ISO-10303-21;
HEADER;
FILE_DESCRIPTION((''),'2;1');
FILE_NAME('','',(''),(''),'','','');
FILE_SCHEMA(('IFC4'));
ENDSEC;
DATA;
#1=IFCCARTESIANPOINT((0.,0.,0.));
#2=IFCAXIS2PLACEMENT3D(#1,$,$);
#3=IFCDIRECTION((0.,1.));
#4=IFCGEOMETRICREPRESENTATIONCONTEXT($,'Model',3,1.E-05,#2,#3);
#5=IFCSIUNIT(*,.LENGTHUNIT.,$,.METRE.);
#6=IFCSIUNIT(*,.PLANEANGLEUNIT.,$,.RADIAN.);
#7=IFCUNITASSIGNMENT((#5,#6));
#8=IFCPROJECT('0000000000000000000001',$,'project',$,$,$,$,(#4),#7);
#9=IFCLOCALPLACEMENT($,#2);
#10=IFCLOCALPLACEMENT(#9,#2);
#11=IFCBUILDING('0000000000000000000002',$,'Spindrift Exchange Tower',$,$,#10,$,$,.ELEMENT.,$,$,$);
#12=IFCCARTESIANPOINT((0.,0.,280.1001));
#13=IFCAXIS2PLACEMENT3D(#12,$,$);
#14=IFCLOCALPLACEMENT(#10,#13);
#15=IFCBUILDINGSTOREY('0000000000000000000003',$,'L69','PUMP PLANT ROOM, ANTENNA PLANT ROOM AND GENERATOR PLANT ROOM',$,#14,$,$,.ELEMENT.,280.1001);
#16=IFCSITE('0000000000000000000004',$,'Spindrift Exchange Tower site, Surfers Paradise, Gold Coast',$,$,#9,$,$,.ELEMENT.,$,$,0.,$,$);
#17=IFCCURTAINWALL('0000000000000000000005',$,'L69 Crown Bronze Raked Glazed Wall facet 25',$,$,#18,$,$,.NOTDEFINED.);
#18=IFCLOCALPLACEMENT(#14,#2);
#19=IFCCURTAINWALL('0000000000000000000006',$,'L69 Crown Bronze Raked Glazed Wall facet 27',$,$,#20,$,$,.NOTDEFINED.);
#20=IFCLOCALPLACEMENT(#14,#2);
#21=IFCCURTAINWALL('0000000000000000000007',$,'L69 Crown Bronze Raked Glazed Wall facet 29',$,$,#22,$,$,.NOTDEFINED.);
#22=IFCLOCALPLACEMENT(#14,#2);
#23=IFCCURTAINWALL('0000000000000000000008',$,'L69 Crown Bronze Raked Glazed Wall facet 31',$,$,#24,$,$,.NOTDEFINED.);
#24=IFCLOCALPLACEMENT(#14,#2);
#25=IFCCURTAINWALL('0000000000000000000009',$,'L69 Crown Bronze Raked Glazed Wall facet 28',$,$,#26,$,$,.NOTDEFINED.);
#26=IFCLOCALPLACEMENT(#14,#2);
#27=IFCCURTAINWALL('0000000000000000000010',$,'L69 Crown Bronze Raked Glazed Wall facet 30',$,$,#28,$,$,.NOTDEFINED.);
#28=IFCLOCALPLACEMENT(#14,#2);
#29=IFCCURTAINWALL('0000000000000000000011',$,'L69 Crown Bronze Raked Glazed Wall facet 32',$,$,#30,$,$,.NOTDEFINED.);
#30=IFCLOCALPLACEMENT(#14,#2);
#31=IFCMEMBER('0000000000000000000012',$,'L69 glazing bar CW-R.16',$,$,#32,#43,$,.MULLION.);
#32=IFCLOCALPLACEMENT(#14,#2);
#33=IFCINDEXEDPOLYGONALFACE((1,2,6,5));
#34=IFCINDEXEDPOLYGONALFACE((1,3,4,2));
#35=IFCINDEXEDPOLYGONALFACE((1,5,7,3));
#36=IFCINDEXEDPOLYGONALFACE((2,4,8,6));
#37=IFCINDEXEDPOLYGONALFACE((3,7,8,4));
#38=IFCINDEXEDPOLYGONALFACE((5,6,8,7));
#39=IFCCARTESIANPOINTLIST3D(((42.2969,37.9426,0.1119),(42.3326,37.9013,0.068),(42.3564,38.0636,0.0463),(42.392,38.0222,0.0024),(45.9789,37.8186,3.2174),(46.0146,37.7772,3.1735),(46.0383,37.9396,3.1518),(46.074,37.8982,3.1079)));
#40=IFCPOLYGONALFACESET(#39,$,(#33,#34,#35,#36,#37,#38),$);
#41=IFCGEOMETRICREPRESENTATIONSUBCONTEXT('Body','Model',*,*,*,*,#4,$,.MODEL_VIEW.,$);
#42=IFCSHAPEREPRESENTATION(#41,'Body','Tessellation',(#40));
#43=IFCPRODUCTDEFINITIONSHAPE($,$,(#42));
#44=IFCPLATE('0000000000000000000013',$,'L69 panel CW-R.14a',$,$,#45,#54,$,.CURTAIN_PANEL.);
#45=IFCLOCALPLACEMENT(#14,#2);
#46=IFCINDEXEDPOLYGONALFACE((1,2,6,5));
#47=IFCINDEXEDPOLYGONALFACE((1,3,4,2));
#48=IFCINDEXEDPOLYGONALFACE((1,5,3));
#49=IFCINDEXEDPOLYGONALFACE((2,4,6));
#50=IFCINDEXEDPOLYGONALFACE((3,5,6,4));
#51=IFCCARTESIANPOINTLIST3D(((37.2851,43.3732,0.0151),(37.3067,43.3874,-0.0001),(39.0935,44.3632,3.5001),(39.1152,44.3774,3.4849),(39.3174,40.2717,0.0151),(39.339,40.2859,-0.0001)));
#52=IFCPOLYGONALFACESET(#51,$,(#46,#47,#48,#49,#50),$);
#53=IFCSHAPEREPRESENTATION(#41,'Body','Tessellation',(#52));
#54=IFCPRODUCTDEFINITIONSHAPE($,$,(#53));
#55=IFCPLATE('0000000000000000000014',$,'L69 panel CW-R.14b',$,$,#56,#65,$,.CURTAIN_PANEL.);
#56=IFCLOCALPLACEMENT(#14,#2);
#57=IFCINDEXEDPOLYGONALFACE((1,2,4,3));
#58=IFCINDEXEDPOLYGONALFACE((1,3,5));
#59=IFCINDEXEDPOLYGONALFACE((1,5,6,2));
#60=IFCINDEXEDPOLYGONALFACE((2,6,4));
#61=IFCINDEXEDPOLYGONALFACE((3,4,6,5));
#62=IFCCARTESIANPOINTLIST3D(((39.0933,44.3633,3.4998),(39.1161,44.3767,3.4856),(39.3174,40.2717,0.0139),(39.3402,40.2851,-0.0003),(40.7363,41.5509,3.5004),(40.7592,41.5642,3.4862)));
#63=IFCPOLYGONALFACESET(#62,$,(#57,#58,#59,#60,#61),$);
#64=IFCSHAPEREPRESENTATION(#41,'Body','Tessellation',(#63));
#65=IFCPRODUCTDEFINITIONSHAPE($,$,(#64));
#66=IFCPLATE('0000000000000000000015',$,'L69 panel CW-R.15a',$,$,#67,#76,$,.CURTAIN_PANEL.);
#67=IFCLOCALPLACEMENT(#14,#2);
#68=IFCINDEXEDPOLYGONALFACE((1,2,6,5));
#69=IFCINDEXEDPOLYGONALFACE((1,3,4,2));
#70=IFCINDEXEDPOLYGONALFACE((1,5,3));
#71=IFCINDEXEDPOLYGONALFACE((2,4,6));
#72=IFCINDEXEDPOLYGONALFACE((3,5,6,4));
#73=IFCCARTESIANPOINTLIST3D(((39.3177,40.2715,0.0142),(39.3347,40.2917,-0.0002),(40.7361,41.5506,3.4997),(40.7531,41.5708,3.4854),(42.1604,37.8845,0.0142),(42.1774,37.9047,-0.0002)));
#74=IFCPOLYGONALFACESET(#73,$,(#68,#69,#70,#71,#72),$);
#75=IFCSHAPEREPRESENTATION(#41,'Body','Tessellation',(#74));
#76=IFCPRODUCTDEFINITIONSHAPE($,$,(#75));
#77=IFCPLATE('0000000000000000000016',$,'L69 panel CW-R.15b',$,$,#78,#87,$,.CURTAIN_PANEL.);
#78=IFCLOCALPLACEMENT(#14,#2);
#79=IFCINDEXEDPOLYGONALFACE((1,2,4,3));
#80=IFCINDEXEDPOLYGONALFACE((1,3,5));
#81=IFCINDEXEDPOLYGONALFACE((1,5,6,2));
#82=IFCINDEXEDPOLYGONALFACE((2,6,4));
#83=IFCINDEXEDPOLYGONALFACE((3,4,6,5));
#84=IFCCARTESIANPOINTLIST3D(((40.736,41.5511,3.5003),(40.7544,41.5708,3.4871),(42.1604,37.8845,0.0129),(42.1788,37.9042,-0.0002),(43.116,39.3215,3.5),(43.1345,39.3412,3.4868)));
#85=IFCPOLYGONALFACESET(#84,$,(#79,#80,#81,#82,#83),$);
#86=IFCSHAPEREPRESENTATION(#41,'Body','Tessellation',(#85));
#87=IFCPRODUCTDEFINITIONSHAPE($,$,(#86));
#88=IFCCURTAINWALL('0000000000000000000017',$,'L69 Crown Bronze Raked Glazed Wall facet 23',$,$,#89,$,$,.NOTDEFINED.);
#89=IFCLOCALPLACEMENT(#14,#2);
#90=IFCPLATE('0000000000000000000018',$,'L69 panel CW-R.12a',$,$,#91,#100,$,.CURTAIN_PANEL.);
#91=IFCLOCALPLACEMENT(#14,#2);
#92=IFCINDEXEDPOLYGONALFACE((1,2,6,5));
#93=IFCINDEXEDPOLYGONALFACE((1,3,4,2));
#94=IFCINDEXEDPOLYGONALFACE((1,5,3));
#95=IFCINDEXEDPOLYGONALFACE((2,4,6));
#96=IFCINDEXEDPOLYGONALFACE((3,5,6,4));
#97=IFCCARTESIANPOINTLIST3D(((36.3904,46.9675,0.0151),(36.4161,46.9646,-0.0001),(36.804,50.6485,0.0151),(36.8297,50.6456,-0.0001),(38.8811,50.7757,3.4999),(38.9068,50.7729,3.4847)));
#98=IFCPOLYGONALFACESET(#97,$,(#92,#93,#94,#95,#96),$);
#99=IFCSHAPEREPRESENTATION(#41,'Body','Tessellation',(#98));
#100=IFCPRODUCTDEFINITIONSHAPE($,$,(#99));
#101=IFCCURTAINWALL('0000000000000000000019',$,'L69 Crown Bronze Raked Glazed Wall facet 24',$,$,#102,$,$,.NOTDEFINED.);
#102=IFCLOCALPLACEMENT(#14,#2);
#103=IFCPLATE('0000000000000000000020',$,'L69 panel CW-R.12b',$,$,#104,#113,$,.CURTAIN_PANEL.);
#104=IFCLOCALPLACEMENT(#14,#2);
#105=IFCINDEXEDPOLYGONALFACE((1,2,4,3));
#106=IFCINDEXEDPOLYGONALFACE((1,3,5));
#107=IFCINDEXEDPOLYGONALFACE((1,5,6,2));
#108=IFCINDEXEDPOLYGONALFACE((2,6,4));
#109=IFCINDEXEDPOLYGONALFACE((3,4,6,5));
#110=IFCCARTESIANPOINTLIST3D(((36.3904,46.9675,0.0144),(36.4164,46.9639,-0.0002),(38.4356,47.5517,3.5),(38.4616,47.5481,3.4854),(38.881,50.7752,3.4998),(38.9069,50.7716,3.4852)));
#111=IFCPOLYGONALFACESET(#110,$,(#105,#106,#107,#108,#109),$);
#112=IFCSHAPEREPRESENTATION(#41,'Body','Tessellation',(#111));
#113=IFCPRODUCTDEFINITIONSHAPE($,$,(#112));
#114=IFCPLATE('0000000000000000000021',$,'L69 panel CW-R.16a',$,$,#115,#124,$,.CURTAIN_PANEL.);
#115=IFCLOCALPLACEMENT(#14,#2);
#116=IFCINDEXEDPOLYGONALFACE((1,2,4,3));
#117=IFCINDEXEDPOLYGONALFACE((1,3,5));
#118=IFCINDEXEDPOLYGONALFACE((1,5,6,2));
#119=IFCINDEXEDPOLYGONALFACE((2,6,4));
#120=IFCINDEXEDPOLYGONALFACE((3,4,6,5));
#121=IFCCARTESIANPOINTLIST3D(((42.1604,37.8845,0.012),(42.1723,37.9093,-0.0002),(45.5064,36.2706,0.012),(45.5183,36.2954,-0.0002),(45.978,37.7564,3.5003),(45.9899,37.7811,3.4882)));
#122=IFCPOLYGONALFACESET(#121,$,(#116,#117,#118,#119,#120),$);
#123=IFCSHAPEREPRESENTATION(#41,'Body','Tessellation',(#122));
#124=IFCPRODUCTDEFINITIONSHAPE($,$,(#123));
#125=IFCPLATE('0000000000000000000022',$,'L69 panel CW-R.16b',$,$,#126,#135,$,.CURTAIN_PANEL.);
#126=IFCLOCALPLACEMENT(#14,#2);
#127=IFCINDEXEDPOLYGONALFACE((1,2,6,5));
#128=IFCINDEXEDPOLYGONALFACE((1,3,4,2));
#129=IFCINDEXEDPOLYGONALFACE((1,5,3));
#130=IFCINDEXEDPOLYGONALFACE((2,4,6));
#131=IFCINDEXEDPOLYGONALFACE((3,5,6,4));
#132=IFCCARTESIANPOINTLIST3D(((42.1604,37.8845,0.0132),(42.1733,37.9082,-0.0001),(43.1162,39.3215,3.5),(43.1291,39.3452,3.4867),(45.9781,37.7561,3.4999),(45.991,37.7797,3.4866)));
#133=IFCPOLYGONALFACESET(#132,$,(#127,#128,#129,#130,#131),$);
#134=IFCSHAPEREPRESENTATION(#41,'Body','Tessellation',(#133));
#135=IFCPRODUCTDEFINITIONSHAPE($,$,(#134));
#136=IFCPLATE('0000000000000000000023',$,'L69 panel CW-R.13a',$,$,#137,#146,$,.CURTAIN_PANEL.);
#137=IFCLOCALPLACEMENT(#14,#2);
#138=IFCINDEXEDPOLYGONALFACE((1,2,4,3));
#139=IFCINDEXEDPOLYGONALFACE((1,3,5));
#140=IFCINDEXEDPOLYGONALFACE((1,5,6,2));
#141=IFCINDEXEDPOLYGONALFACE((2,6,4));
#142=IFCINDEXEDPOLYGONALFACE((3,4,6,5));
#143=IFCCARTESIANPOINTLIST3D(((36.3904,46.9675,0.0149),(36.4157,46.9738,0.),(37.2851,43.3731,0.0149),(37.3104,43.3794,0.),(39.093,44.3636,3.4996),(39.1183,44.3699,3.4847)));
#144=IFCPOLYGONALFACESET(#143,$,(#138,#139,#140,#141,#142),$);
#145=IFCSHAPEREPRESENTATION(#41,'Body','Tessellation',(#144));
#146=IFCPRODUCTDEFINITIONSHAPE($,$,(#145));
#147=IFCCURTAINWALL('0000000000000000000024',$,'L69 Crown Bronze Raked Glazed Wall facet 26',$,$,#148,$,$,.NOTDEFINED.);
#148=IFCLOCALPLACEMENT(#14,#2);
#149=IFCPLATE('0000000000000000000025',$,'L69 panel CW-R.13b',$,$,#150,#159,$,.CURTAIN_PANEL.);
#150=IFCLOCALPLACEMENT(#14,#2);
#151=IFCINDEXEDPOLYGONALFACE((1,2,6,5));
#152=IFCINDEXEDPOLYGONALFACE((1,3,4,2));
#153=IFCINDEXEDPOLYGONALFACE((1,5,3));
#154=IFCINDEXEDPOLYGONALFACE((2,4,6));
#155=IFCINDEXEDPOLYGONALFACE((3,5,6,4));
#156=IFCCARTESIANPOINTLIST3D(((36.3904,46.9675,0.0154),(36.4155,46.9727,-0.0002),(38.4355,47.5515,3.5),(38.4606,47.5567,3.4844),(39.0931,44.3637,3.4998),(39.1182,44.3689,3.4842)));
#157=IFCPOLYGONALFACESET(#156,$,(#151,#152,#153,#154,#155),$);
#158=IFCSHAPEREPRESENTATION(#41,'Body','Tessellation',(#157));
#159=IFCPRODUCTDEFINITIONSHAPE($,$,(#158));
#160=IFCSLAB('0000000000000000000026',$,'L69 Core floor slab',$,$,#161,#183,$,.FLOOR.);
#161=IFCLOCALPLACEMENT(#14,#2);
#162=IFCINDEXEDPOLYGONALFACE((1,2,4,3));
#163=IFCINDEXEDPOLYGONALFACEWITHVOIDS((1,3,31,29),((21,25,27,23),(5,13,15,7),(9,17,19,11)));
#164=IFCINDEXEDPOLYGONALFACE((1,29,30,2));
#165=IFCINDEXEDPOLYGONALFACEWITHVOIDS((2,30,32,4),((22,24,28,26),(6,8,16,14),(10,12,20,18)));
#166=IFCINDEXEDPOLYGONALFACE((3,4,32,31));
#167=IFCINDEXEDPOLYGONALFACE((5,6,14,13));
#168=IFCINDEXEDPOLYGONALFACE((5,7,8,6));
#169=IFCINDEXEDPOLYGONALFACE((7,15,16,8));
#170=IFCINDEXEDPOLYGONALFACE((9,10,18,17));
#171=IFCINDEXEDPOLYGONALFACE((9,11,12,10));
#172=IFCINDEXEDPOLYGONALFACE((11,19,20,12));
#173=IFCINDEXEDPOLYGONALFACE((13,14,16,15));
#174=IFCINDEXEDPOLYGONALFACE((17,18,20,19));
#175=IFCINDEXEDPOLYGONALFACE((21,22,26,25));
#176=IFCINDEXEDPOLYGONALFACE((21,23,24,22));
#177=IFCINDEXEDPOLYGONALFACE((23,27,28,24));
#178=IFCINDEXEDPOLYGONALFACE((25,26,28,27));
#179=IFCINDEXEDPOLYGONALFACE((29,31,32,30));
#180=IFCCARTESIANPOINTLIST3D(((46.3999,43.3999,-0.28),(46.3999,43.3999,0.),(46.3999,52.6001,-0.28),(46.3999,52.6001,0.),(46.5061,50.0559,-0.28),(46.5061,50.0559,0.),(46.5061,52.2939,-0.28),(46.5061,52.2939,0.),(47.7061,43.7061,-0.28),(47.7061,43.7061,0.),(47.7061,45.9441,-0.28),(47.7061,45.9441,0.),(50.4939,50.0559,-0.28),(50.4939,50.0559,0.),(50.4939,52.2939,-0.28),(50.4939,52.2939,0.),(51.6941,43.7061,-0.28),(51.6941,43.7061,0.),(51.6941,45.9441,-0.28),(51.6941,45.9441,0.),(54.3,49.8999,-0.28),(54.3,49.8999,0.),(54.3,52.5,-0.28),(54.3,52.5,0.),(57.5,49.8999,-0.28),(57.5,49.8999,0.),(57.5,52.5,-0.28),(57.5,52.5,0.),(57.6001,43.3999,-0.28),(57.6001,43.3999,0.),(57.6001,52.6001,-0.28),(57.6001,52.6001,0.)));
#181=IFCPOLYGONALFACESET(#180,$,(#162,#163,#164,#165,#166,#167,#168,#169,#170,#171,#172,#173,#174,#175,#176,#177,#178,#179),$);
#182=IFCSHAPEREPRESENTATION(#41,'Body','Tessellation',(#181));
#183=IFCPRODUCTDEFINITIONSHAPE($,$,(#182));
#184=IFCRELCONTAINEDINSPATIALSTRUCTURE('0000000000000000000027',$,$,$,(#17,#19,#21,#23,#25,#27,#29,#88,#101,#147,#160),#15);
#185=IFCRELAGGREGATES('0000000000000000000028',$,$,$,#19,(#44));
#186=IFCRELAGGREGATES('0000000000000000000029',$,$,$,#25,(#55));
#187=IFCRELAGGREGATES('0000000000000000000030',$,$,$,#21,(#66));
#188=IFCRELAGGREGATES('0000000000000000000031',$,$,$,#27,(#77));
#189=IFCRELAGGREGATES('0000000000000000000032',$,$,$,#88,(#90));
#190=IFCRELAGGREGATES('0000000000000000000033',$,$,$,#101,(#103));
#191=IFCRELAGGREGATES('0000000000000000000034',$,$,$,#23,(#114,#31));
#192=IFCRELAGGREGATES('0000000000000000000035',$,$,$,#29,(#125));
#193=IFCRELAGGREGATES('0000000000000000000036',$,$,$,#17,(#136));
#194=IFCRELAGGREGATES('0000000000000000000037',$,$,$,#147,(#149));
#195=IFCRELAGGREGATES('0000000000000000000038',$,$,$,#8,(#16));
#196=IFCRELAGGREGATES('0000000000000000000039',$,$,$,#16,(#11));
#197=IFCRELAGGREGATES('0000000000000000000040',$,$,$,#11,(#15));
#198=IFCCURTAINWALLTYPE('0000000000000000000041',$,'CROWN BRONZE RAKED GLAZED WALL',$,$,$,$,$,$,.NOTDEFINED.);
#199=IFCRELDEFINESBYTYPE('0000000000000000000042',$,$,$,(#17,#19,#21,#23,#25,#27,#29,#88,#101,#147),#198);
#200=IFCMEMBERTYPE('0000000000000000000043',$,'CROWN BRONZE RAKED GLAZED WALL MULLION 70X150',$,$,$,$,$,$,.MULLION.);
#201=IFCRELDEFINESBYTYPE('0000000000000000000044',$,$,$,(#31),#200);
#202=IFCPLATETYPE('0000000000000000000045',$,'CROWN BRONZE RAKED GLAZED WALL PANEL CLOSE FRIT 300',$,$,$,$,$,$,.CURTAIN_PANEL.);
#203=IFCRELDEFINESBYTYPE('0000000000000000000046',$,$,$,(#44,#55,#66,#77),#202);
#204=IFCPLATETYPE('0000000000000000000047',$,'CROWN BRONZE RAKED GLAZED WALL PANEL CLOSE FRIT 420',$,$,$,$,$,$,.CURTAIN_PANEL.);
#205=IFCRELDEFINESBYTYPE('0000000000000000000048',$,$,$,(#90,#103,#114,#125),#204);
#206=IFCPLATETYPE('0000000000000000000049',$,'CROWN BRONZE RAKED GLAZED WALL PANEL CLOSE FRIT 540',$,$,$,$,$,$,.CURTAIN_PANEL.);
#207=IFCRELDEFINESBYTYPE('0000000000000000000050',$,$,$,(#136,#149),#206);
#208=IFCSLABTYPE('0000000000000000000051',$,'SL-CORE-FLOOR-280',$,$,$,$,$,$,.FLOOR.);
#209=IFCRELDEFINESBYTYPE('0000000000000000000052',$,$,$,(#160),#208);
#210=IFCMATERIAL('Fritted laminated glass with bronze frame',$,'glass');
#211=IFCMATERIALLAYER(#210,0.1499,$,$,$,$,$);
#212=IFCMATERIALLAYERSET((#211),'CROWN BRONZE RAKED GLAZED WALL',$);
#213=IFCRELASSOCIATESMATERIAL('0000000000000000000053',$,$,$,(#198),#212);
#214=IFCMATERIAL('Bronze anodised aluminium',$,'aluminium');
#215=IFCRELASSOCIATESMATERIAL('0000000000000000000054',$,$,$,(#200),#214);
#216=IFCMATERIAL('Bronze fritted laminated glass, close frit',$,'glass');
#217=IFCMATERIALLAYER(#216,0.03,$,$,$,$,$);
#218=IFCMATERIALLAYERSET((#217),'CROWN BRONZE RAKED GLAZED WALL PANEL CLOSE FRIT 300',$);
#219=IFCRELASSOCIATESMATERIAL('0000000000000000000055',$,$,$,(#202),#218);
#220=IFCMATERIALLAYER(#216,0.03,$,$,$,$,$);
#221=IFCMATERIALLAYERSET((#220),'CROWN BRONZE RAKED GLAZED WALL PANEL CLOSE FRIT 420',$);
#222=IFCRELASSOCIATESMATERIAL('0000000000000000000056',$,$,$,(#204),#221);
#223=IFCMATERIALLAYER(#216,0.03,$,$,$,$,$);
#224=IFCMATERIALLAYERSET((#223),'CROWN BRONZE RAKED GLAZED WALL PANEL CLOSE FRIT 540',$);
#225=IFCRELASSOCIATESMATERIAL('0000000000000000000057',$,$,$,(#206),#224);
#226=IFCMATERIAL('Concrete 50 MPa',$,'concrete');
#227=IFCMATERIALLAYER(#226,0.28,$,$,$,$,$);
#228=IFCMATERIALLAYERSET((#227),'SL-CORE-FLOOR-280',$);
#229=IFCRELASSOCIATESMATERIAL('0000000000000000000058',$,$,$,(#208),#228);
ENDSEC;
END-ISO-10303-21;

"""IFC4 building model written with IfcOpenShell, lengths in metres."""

from ifc_helpers import new_model, si_unit, direction, frame, origin, origin_2d, place, context, subcontext, project, spatial, line, indexed_curve, rectangle, outline, extrude, source, transform, mapped, material, layer, layer_set, material_profile, profile_set, type_object, element, aggregate, save


model = new_model("IFC4")

# Units and contexts
model_context = context("Model", 3, precision=1e-05, world=origin(), true_north=direction((0.0, 1.0)))
body_context = subcontext(model_context, "Body", "Model", "MODEL_VIEW")
ifc_project = project(units=[si_unit("LENGTHUNIT", "METRE"), si_unit("PLANEANGLEUNIT", "RADIAN")], contexts=[model_context])

# Site, building, storey
site_placement = place(None, origin())
site = spatial("IfcSite", under=ifc_project, at=site_placement, Name="Spindrift Exchange Tower site, Surfers Paradise, Gold Coast", CompositionType="ELEMENT", RefElevation=0.0)
building_placement = place(site_placement, origin())
building = spatial("IfcBuilding", under=site, at=building_placement, Name="Spindrift Exchange Tower", CompositionType="ELEMENT")
storey_placement = place(building_placement, frame((0.0, 0.0, 280.1001)))
storey = spatial("IfcBuildingStorey", under=building, at=storey_placement, Name="L69", Description="PUMP PLANT ROOM, ANTENNA PLANT ROOM AND GENERATOR PLANT ROOM", CompositionType="ELEMENT", Elevation=280.1001)

# Curtain walls
ifc_material_1 = material(Name="Fritted laminated glass with bronze frame", Category="glass")
ifc_layer_1 = layer(ifc_material_1, 0.1499)
ifc_layer_set_1 = layer_set([ifc_layer_1], Name="CROWN BRONZE RAKED GLAZED WALL")
curtain_wall_type = type_object("IfcCurtainWallType", Name="CROWN BRONZE RAKED GLAZED WALL", PredefinedType="NOTDEFINED", material=ifc_layer_set_1)
curtain_wall_1_placement = place(storey_placement, origin())
curtain_wall_1 = element("IfcCurtainWall", 1, at=curtain_wall_1_placement, inside=storey, type_object=curtain_wall_type, Name="L69 Crown Bronze Raked Glazed Wall facet 25", PredefinedType="NOTDEFINED")
ifc_material_2 = material(Name="Bronze anodised aluminium", Category="aluminium")
curtain_wall_2_placement = place(storey_placement, origin())
curtain_wall_2 = element("IfcCurtainWall", 2, at=curtain_wall_2_placement, inside=storey, type_object=curtain_wall_type, Name="L69 Crown Bronze Raked Glazed Wall facet 27", PredefinedType="NOTDEFINED")
curtain_wall_3_placement = place(storey_placement, origin())
curtain_wall_3 = element("IfcCurtainWall", 3, at=curtain_wall_3_placement, inside=storey, type_object=curtain_wall_type, Name="L69 Crown Bronze Raked Glazed Wall facet 29", PredefinedType="NOTDEFINED")
curtain_wall_4_placement = place(storey_placement, origin())
curtain_wall_4 = element("IfcCurtainWall", 4, at=curtain_wall_4_placement, inside=storey, type_object=curtain_wall_type, Name="L69 Crown Bronze Raked Glazed Wall facet 31", PredefinedType="NOTDEFINED")

# Shared definitions
ifc_material_profile_1 = material_profile(ifc_material_2, rectangle(XDim=0.0701, YDim=0.1499, at=origin_2d()), Name="CROWN BRONZE RAKED GLAZED WALL MULLION 70X150")
ifc_profile_set_1 = profile_set([ifc_material_profile_1], Name="Bronze anodised aluminium")
member_type_1 = type_object("IfcMemberType", Name="CROWN BRONZE RAKED GLAZED WALL MULLION 70X150", PredefinedType="MULLION", material=ifc_profile_set_1)

# Curtain wall
curtain_wall_5_placement = place(storey_placement, origin())
curtain_wall_5 = element("IfcCurtainWall", 5, at=curtain_wall_5_placement, inside=storey, type_object=curtain_wall_type, Name="L69 Crown Bronze Raked Glazed Wall facet 28", PredefinedType="NOTDEFINED")

# Curtain wall
curtain_wall_6_placement = place(storey_placement, origin())
curtain_wall_6 = element("IfcCurtainWall", 6, at=curtain_wall_6_placement, inside=storey, type_object=curtain_wall_type, Name="L69 Crown Bronze Raked Glazed Wall facet 30", PredefinedType="NOTDEFINED")

# Curtain wall
curtain_wall_7_placement = place(storey_placement, origin())
curtain_wall_7 = element("IfcCurtainWall", 7, at=curtain_wall_7_placement, inside=storey, type_object=curtain_wall_type, Name="L69 Crown Bronze Raked Glazed Wall facet 32", PredefinedType="NOTDEFINED")

# Member
shared_shape_1 = source(origin(), body_context, "Body", "SweptSolid", [
    extrude(rectangle(XDim=0.0701, YDim=0.1499, at=origin_2d()), origin(), (0.0, 0.0, 1.0), 4.8184),
])
member_1_placement = place(storey_placement, frame((42.3445, 37.9824, 0.0571), z_axis=(0.764153, -0.02574, 0.644521), x_axis=(-0.50887, 0.589972, 0.626884)))
member_1 = element("IfcMember", 8, at=member_1_placement, type_object=member_type_1, Name="L69 glazing bar CW-R.16", PredefinedType="MULLION", context=body_context, shape_type="MappedRepresentation", body=[
    mapped(shared_shape_1, transform((0.0, 0.0, 0.0), scale=1.0)),
])

# Plates
ifc_material_3 = material(Name="Bronze fritted laminated glass, close frit", Category="glass")
ifc_layer_2 = layer(ifc_material_3, 0.03)
ifc_layer_set_2 = layer_set([ifc_layer_2], Name="CROWN BRONZE RAKED GLAZED WALL PANEL CLOSE FRIT 300")
plate_type_1 = type_object("IfcPlateType", Name="CROWN BRONZE RAKED GLAZED WALL PANEL CLOSE FRIT 300", PredefinedType="CURTAIN_PANEL", material=ifc_layer_set_2)
plate_1_placement = place(storey_placement, frame((39.3174, 40.2717, 0.0151), z_axis=(-0.720461, -0.472103, 0.507991), x_axis=(-0.548088, 0.836421, 0.0)))
plate_1 = element("IfcPlate", 9, at=plate_1_placement, type_object=plate_type_1, Name="L69 panel CW-R.14a", PredefinedType="CURTAIN_PANEL", context=body_context, shape_type="SweptSolid", body=[
    extrude(outline(indexed_curve([(0.0, 0.0), (3.708, 0.0), (3.5449, -4.0459)], segments=[line(1, 2, 3, 1)], self_intersect=False)), origin(), (0.0, 0.0, -1.0), 0.03),
])
aggregate(curtain_wall_2, [plate_1])
plate_2_placement = place(storey_placement, frame((39.3174, 40.2717, 0.0139), z_axis=(-0.760926, -0.44443, 0.47273), x_axis=(-0.041657, 0.760538, 0.647955)))
plate_2 = element("IfcPlate", 10, at=plate_2_placement, type_object=plate_type_1, Name="L69 panel CW-R.14b", PredefinedType="CURTAIN_PANEL", context=body_context, shape_type="SweptSolid", body=[
    extrude(outline(indexed_curve([(0.0, 0.0), (5.3799, 0.0), (3.1729, -2.3955)], segments=[line(1, 2, 3, 1)], self_intersect=False)), origin(), (0.0, 0.0, -1.0), 0.03),
])
aggregate(curtain_wall_5, [plate_2])
plate_3_placement = place(storey_placement, frame((42.1604, 37.8845, 0.0142), z_axis=(-0.565176, -0.67309, 0.476997), x_axis=(-0.765828, 0.643046, 0.0)))
plate_3 = element("IfcPlate", 11, at=plate_3_placement, type_object=plate_type_1, Name="L69 panel CW-R.15a", PredefinedType="CURTAIN_PANEL", context=body_context, shape_type="SweptSolid", body=[
    extrude(outline(indexed_curve([(0.0, 0.0), (3.7119, 0.0), (3.4482, -3.9658)], segments=[line(1, 2, 3, 1)], self_intersect=False)), origin(), (0.0, 0.0, -1.0), 0.03),
])
aggregate(curtain_wall_3, [plate_3])
plate_4_placement = place(storey_placement, frame((42.1604, 37.8845, 0.0129), z_axis=(-0.614353, -0.655871, 0.438639), x_axis=(-0.270968, 0.697485, 0.663393)))
plate_4 = element("IfcPlate", 12, at=plate_4_placement, type_object=plate_type_1, Name="L69 panel CW-R.15b", PredefinedType="CURTAIN_PANEL", context=body_context, shape_type="SweptSolid", body=[
    extrude(outline(indexed_curve([(0.0, 0.0), (5.2568, 0.0), (3.0566, -2.4072)], segments=[line(1, 2, 3, 1)], self_intersect=False)), origin(), (0.0, 0.0, -1.0), 0.03),
])
aggregate(curtain_wall_6, [plate_4])

# Curtain walls, plates
curtain_wall_8_placement = place(storey_placement, origin())
curtain_wall_8 = element("IfcCurtainWall", 13, at=curtain_wall_8_placement, inside=storey, type_object=curtain_wall_type, Name="L69 Crown Bronze Raked Glazed Wall facet 23", PredefinedType="NOTDEFINED")
ifc_layer_3 = layer(ifc_material_3, 0.03)
ifc_layer_set_3 = layer_set([ifc_layer_3], Name="CROWN BRONZE RAKED GLAZED WALL PANEL CLOSE FRIT 420")
plate_type_2 = type_object("IfcPlateType", Name="CROWN BRONZE RAKED GLAZED WALL PANEL CLOSE FRIT 420", PredefinedType="CURTAIN_PANEL", material=ifc_layer_set_3)
plate_5_placement = place(storey_placement, frame((36.3904, 46.9675, 0.0151), z_axis=(-0.856538, 0.096238, 0.507032), x_axis=(0.111654, 0.993747, 0.0)))
plate_5 = element("IfcPlate", 14, at=plate_5_placement, type_object=plate_type_2, Name="L69 panel CW-R.12a", PredefinedType="CURTAIN_PANEL", context=body_context, shape_type="SweptSolid", body=[
    extrude(outline(indexed_curve([(0.0, 0.0), (3.7041, 0.0), (4.0625, -4.043)], segments=[line(1, 2, 3, 1)], self_intersect=False)), origin(), (0.0, 0.0, -1.0), 0.03),
])
aggregate(curtain_wall_8, [plate_5])
curtain_wall_9_placement = place(storey_placement, origin())
curtain_wall_9 = element("IfcCurtainWall", 15, at=curtain_wall_9_placement, inside=storey, type_object=curtain_wall_type, Name="L69 Crown Bronze Raked Glazed Wall facet 24", PredefinedType="NOTDEFINED")
plate_6_placement = place(storey_placement, frame((36.3904, 46.9675, 0.0144), z_axis=(-0.864919, 0.119527, 0.487472), x_axis=(0.434549, 0.664346, 0.608121)))
plate_6 = element("IfcPlate", 16, at=plate_6_placement, type_object=plate_type_2, Name="L69 panel CW-R.12b", PredefinedType="CURTAIN_PANEL", context=body_context, shape_type="SweptSolid", body=[
    extrude(outline(indexed_curve([(0.0, 0.0), (5.7314, 0.0), (3.3965, -2.2666)], segments=[line(1, 2, 3, 1)], self_intersect=False)), origin(), (0.0, 0.0, -1.0), 0.03),
])
aggregate(curtain_wall_9, [plate_6])

# Plates
plate_7_placement = place(storey_placement, frame((42.1604, 37.8845, 0.012), z_axis=(-0.397307, -0.823702, 0.404551), x_axis=(0.900698, -0.434446, 0.0)))
plate_7 = element("IfcPlate", 17, at=plate_7_placement, type_object=plate_type_2, Name="L69 panel CW-R.16a", PredefinedType="CURTAIN_PANEL", context=body_context, shape_type="SweptSolid", body=[
    extrude(outline(indexed_curve([(0.0, 0.0), (3.7148, 0.0), (3.4941, 3.8145)], segments=[line(1, 2, 3, 1)], self_intersect=False)), origin(), (0.0, 0.0, -1.0), 0.03),
])
aggregate(curtain_wall_4, [plate_7, member_1])
plate_8_placement = place(storey_placement, frame((42.1604, 37.8845, 0.0132), z_axis=(-0.430382, -0.786876, 0.442265), x_axis=(0.738168, -0.024829, 0.67416)))
plate_8 = element("IfcPlate", 18, at=plate_8_placement, type_object=plate_type_2, Name="L69 panel CW-R.16b", PredefinedType="CURTAIN_PANEL", context=body_context, shape_type="SweptSolid", body=[
    extrude(outline(indexed_curve([(0.0, 0.0), (5.1719, 0.0), (3.0205, 2.4521)], segments=[line(1, 2, 3, 1)], self_intersect=False)), origin(), (0.0, 0.0, -1.0), 0.03),
])
aggregate(curtain_wall_7, [plate_8])
ifc_layer_4 = layer(ifc_material_3, 0.03)
ifc_layer_set_4 = layer_set([ifc_layer_4], Name="CROWN BRONZE RAKED GLAZED WALL PANEL CLOSE FRIT 540")
plate_type_3 = type_object("IfcPlateType", Name="CROWN BRONZE RAKED GLAZED WALL PANEL CLOSE FRIT 540", PredefinedType="CURTAIN_PANEL", material=ifc_layer_set_4)
plate_9_placement = place(storey_placement, frame((36.3904, 46.9675, 0.0149), z_axis=(-0.842289, -0.209671, 0.496576), x_axis=(0.241558, -0.970386, 0.0)))
plate_9 = element("IfcPlate", 19, at=plate_9_placement, type_object=plate_type_3, Name="L69 panel CW-R.13a", PredefinedType="CURTAIN_PANEL", context=body_context, shape_type="SweptSolid", body=[
    extrude(outline(indexed_curve([(0.0, 0.0), (3.7041, 0.0), (3.1797, 4.0146)], segments=[line(1, 2, 3, 1)], self_intersect=False)), origin(), (0.0, 0.0, -1.0), 0.03),
])
aggregate(curtain_wall_1, [plate_9])

# Curtain wall, plate
curtain_wall_10_placement = place(storey_placement, origin())
curtain_wall_10 = element("IfcCurtainWall", 20, at=curtain_wall_10_placement, inside=storey, type_object=curtain_wall_type, Name="L69 Crown Bronze Raked Glazed Wall facet 26", PredefinedType="NOTDEFINED")
plate_10_placement = place(storey_placement, frame((36.3904, 46.9675, 0.0154), z_axis=(-0.836592, -0.172611, 0.519922), x_axis=(0.52776, -0.508453, 0.680401)))
plate_10 = element("IfcPlate", 21, at=plate_10_placement, type_object=plate_type_3, Name="L69 panel CW-R.13b", PredefinedType="CURTAIN_PANEL", context=body_context, shape_type="SweptSolid", body=[
    extrude(outline(indexed_curve([(0.0, 0.0), (5.1211, 0.0), (3.1533, 2.5928)], segments=[line(1, 2, 3, 1)], self_intersect=False)), origin(), (0.0, 0.0, -1.0), 0.03),
])
aggregate(curtain_wall_10, [plate_10])

# Slab
ifc_material_4 = material(Name="Concrete 50 MPa", Category="concrete")
ifc_layer_5 = layer(ifc_material_4, 0.28)
ifc_layer_set_5 = layer_set([ifc_layer_5], Name="SL-CORE-FLOOR-280")
slab_type_1 = type_object("IfcSlabType", Name="SL-CORE-FLOOR-280", PredefinedType="FLOOR", material=ifc_layer_set_5)
slab_1_placement = place(storey_placement, frame((0.0, 0.0, -0.28)))
element("IfcSlab", 22, at=slab_1_placement, inside=storey, type_object=slab_type_1, Name="L69 Core floor slab", PredefinedType="FLOOR", context=body_context, shape_type="SweptSolid", body=[
    extrude(outline(indexed_curve([(46.3999, 43.3999), (46.3999, 52.6001), (57.6001, 52.6001), (57.6001, 43.3999)], segments=[line(1, 2, 3, 4, 1)], self_intersect=False), holes=[indexed_curve([(47.7061, 43.7061), (51.6941, 43.7061), (51.6941, 45.9441), (47.7061, 45.9441)], segments=[line(1, 2, 3, 4, 1)], self_intersect=False), indexed_curve([(50.4939, 50.0559), (50.4939, 52.2939), (46.5061, 52.2939), (46.5061, 50.0559)], segments=[line(1, 2, 3, 4, 1)], self_intersect=False), indexed_curve([(54.3, 49.8999), (57.5, 49.8999), (57.5, 52.5), (54.3, 52.5)], segments=[line(1, 2, 3, 4, 1)], self_intersect=False)]), origin(), (0.0, 0.0, 1.0), 0.28),
])

save(model, "model.ifc")
